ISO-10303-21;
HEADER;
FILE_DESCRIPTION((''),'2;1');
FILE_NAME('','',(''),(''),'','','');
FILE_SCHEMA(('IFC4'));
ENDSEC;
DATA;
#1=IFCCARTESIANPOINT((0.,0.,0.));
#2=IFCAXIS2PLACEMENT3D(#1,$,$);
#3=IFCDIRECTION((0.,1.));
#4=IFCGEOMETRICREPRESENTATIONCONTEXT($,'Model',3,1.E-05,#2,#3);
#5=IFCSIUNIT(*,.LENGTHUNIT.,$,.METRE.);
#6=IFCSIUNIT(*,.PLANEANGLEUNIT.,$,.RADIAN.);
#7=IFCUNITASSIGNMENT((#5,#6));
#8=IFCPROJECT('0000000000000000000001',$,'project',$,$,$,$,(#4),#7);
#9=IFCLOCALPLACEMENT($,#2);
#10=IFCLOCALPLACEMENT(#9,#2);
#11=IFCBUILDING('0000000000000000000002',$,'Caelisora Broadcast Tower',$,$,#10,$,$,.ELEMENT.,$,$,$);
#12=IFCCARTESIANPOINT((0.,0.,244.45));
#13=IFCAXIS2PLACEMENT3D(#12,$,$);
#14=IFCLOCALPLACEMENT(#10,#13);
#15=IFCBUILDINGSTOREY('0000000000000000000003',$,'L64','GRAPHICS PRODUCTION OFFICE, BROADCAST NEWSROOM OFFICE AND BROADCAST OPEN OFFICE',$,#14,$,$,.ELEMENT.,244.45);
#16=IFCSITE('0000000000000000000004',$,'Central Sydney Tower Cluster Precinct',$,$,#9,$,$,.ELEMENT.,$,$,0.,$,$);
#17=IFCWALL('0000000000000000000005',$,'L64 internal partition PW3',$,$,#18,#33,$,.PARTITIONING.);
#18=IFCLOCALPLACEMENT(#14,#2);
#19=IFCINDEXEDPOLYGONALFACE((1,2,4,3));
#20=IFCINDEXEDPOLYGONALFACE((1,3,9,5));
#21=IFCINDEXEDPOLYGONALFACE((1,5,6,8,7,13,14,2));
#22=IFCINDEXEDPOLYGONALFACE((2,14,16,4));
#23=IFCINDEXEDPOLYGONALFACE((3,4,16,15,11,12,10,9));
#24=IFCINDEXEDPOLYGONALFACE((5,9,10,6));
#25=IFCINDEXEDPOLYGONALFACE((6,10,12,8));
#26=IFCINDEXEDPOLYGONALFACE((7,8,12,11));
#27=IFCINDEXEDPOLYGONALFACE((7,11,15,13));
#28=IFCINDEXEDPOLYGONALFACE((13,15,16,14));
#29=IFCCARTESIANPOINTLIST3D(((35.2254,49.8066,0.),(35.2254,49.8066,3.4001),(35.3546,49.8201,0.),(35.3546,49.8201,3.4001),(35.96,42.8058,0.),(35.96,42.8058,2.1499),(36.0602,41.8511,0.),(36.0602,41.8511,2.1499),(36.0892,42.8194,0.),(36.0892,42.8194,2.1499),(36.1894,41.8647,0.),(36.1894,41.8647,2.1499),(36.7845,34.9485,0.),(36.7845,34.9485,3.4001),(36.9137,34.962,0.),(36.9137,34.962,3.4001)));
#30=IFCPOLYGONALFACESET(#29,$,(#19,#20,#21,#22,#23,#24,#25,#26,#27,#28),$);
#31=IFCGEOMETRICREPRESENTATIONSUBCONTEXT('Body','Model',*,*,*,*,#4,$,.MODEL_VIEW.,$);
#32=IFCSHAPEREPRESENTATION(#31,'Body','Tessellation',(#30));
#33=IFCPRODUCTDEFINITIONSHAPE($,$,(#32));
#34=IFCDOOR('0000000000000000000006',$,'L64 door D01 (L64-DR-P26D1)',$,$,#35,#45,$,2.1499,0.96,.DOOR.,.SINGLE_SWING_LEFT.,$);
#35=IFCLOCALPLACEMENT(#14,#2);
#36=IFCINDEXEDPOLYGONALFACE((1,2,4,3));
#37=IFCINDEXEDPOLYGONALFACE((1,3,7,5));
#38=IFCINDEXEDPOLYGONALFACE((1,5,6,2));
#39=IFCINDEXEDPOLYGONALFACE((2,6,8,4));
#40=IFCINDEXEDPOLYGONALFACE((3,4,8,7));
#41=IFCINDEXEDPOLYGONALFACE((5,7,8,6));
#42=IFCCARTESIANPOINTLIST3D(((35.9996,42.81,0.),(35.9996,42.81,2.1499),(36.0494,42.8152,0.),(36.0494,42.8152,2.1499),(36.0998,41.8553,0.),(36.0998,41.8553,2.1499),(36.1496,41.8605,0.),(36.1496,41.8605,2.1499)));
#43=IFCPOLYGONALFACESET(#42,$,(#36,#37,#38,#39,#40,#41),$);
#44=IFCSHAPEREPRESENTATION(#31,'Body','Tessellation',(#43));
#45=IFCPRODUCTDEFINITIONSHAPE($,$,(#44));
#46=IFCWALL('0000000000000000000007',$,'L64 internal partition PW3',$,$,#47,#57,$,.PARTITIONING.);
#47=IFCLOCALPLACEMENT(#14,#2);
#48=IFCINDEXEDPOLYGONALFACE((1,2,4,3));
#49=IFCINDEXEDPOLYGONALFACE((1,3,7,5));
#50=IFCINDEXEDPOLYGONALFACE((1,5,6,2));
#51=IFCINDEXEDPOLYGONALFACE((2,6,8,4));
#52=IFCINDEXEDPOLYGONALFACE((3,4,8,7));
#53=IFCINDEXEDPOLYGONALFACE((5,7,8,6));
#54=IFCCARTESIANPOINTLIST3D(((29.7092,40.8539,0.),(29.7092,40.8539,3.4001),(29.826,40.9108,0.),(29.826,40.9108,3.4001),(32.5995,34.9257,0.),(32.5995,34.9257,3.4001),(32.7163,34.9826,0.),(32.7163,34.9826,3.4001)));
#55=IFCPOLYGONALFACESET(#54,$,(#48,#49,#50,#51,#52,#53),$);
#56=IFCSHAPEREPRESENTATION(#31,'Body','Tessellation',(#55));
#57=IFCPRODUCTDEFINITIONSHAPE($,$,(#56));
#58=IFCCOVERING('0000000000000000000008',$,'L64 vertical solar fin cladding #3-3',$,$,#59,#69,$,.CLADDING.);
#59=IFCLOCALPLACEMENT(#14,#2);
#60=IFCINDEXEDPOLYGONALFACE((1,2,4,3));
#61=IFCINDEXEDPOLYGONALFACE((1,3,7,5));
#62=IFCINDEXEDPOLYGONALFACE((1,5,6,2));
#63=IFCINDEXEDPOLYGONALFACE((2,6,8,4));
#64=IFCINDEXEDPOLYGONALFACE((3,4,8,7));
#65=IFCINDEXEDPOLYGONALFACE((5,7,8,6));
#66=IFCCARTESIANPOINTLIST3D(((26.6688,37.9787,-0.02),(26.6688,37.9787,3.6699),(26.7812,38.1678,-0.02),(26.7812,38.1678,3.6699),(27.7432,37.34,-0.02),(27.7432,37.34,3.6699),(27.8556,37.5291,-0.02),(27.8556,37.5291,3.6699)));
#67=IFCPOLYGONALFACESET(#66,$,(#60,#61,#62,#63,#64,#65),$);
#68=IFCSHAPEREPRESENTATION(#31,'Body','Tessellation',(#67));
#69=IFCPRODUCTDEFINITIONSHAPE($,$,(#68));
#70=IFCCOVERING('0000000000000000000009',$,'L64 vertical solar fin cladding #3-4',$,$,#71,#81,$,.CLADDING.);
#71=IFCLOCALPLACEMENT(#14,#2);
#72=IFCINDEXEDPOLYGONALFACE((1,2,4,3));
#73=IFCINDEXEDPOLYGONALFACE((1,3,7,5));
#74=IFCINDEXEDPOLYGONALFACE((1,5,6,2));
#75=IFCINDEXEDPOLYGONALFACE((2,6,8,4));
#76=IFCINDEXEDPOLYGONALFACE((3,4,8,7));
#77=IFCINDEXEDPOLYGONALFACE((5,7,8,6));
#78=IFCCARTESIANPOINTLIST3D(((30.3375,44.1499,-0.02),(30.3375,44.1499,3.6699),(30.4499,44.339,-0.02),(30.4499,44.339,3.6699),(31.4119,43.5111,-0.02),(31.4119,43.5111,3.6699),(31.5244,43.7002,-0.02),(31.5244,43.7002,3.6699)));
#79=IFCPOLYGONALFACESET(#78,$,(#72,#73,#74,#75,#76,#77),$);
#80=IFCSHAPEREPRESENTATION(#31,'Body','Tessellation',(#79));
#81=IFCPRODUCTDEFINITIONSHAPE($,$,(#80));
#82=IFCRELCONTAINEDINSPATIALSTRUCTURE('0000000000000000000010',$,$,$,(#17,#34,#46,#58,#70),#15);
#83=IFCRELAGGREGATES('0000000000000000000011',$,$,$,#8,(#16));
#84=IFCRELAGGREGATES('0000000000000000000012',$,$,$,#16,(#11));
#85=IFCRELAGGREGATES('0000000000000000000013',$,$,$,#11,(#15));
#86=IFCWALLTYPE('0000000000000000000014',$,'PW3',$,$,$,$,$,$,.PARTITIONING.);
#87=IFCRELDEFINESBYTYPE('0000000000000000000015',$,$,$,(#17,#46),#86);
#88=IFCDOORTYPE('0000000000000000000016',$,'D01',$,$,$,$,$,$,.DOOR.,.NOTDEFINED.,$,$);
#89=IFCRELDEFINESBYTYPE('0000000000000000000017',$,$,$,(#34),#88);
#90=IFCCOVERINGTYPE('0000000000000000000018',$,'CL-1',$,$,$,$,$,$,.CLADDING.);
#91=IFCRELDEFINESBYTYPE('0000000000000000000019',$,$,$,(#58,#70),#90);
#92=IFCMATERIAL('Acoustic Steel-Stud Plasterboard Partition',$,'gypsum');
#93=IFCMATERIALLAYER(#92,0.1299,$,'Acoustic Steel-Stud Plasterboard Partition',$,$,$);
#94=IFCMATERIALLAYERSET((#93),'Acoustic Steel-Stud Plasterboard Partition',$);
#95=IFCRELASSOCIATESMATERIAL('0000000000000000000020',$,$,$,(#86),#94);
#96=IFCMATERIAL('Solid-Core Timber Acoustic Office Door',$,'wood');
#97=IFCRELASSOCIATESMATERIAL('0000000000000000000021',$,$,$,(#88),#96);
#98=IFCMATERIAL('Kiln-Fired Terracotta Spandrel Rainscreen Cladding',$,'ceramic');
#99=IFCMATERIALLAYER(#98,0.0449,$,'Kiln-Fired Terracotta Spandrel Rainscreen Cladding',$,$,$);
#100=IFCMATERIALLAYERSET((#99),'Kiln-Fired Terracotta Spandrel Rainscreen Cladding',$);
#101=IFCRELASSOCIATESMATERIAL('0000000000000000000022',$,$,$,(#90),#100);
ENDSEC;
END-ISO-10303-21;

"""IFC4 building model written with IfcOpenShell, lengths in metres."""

from ifc_helpers import new_model, si_unit, direction, frame, frame_2d, origin, origin_2d, place, context, subcontext, project, spatial, rectangle, extrude, source, transform, mapped, material, layer, layer_set, type_object, type_shapes, element, fill, save


model = new_model("IFC4")

# Units and contexts
model_context = context("Model", 3, precision=1e-05, world=origin(), true_north=direction((0.0, 1.0)))
body_context = subcontext(model_context, "Body", "Model", "MODEL_VIEW")
ifc_project = project(units=[si_unit("LENGTHUNIT", "METRE"), si_unit("PLANEANGLEUNIT", "RADIAN")], contexts=[model_context])

# Site, building, storey
site_placement = place(None, origin())
site = spatial("IfcSite", under=ifc_project, at=site_placement, Name="Central Sydney Tower Cluster Precinct", CompositionType="ELEMENT", RefElevation=0.0)
building_placement = place(site_placement, origin())
building = spatial("IfcBuilding", under=site, at=building_placement, Name="Caelisora Broadcast Tower", CompositionType="ELEMENT")
storey_placement = place(building_placement, frame((0.0, 0.0, 244.45)))
storey = spatial("IfcBuildingStorey", under=building, at=storey_placement, Name="L64", Description="GRAPHICS PRODUCTION OFFICE, BROADCAST NEWSROOM OFFICE AND BROADCAST OPEN OFFICE", CompositionType="ELEMENT", Elevation=244.45)

# Wall, opening, door
ifc_material_1 = material(Name="Acoustic Steel-Stud Plasterboard Partition", Category="gypsum")
ifc_layer_1 = layer(ifc_material_1, 0.1299, Name="Acoustic Steel-Stud Plasterboard Partition")
ifc_layer_set_1 = layer_set([ifc_layer_1], Name="Acoustic Steel-Stud Plasterboard Partition")
wall_type_1 = type_object("IfcWallType", Name="PW3", PredefinedType="PARTITIONING", material=ifc_layer_set_1)
wall_1_placement = place(storey_placement, frame((35.29, 49.8132, 0.0), z_axis=(0.0, 0.0, 1.0), x_axis=(0.104358, -0.99454, 0.0)))
wall_1 = element("IfcWall", 1, at=wall_1_placement, inside=storey, type_object=wall_type_1, Name="L64 internal partition PW3", PredefinedType="PARTITIONING", context=body_context, shape_type="SweptSolid", body=[
    extrude(rectangle(XDim=14.9397, YDim=0.1299, at=frame_2d((7.4697, 0.0))), origin(), (0.0, 0.0, 1.0), 3.4001),
])
opening_1_placement = place(wall_1_placement, frame((7.0391, 0.0, 0.0)))
opening_1 = element("IfcOpeningElement", 2, at=opening_1_placement, cuts=wall_1, PredefinedType="OPENING", context=body_context, shape_type="SweptSolid", body=[
    extrude(rectangle(XDim=0.96, YDim=2.1499, at=frame_2d((0.48, 1.075))), frame((0.0, 0.0769, 0.0), z_axis=(0.0, -1.0, 0.0), x_axis=(1.0, 0.0, 0.0)), (0.0, 0.0, 1.0), 0.1538),
])
ifc_material_2 = material(Name="Solid-Core Timber Acoustic Office Door", Category="wood")
door_type = type_object("IfcDoorType", Name="D01", OperationType="NOTDEFINED", PredefinedType="DOOR", material=ifc_material_2)
door_placement = place(opening_1_placement, origin())
door = element("IfcDoor", 3, at=door_placement, inside=storey, type_object=door_type, Name="L64 door D01 (L64-DR-P26D1)", OperationType="SINGLE_SWING_LEFT", OverallHeight=2.1499, OverallWidth=0.96, PredefinedType="DOOR", context=body_context, shape_type="SweptSolid", body=[
    extrude(rectangle(XDim=0.96, YDim=2.1499, at=frame_2d((0.48, 1.075))), frame((0.0, 0.0249, 0.0), z_axis=(0.0, -1.0, 0.0), x_axis=(1.0, 0.0, 0.0)), (0.0, 0.0, 1.0), 0.05),
])
fill(opening_1, door)

# Wall
wall_2_placement = place(storey_placement, frame((29.7676, 40.8823, 0.0), z_axis=(0.0, 0.0, 1.0), x_axis=(0.438248, -0.898854, 0.0)))
element("IfcWall", 4, at=wall_2_placement, inside=storey, type_object=wall_type_1, Name="L64 internal partition PW3", PredefinedType="PARTITIONING", context=body_context, shape_type="SweptSolid", body=[
    extrude(rectangle(XDim=6.5952, YDim=0.1299, at=frame_2d((3.2976, 0.0))), origin(), (0.0, 0.0, 1.0), 3.4001),
])

# Coverings
ifc_material_3 = material(Name="Kiln-Fired Terracotta Spandrel Rainscreen Cladding", Category="ceramic")
ifc_layer_2 = layer(ifc_material_3, 0.0449, Name="Kiln-Fired Terracotta Spandrel Rainscreen Cladding")
ifc_layer_set_2 = layer_set([ifc_layer_2], Name="Kiln-Fired Terracotta Spandrel Rainscreen Cladding")
covering_type = type_object("IfcCoveringType", Name="CL-1", PredefinedType="CLADDING", material=ifc_layer_set_2)
shared_shape_1 = source(origin(), body_context, "Body", "SweptSolid", [
    extrude(rectangle(XDim=0.22, YDim=1.25, at=origin_2d()), origin(), (0.0, 0.0, 1.0), 3.6899),
])
type_shapes(covering_type, [shared_shape_1])
for number, where, z_axis, x_axis, name in (
    (5, (27.2622, 37.7539, -0.02), (0.0, 0.0, 1.0), (0.510993, 0.859585, 0.0), "L64 vertical solar fin cladding #3-3"),
    (6, (30.9309, 43.925, -0.02), (0.0, 0.0, 1.0), (0.510993, 0.859585, 0.0), "L64 vertical solar fin cladding #3-4"),
):
    element("IfcCovering", number, at=place(storey_placement, frame(where, z_axis=z_axis, x_axis=x_axis)), inside=storey, type_object=covering_type, Name=name, PredefinedType="CLADDING", context=body_context, shape_type="MappedRepresentation", body=[
        mapped(shared_shape_1, transform((0.0, 0.0, 0.0), scale=1.0)),
    ])

save(model, "model.ifc")
